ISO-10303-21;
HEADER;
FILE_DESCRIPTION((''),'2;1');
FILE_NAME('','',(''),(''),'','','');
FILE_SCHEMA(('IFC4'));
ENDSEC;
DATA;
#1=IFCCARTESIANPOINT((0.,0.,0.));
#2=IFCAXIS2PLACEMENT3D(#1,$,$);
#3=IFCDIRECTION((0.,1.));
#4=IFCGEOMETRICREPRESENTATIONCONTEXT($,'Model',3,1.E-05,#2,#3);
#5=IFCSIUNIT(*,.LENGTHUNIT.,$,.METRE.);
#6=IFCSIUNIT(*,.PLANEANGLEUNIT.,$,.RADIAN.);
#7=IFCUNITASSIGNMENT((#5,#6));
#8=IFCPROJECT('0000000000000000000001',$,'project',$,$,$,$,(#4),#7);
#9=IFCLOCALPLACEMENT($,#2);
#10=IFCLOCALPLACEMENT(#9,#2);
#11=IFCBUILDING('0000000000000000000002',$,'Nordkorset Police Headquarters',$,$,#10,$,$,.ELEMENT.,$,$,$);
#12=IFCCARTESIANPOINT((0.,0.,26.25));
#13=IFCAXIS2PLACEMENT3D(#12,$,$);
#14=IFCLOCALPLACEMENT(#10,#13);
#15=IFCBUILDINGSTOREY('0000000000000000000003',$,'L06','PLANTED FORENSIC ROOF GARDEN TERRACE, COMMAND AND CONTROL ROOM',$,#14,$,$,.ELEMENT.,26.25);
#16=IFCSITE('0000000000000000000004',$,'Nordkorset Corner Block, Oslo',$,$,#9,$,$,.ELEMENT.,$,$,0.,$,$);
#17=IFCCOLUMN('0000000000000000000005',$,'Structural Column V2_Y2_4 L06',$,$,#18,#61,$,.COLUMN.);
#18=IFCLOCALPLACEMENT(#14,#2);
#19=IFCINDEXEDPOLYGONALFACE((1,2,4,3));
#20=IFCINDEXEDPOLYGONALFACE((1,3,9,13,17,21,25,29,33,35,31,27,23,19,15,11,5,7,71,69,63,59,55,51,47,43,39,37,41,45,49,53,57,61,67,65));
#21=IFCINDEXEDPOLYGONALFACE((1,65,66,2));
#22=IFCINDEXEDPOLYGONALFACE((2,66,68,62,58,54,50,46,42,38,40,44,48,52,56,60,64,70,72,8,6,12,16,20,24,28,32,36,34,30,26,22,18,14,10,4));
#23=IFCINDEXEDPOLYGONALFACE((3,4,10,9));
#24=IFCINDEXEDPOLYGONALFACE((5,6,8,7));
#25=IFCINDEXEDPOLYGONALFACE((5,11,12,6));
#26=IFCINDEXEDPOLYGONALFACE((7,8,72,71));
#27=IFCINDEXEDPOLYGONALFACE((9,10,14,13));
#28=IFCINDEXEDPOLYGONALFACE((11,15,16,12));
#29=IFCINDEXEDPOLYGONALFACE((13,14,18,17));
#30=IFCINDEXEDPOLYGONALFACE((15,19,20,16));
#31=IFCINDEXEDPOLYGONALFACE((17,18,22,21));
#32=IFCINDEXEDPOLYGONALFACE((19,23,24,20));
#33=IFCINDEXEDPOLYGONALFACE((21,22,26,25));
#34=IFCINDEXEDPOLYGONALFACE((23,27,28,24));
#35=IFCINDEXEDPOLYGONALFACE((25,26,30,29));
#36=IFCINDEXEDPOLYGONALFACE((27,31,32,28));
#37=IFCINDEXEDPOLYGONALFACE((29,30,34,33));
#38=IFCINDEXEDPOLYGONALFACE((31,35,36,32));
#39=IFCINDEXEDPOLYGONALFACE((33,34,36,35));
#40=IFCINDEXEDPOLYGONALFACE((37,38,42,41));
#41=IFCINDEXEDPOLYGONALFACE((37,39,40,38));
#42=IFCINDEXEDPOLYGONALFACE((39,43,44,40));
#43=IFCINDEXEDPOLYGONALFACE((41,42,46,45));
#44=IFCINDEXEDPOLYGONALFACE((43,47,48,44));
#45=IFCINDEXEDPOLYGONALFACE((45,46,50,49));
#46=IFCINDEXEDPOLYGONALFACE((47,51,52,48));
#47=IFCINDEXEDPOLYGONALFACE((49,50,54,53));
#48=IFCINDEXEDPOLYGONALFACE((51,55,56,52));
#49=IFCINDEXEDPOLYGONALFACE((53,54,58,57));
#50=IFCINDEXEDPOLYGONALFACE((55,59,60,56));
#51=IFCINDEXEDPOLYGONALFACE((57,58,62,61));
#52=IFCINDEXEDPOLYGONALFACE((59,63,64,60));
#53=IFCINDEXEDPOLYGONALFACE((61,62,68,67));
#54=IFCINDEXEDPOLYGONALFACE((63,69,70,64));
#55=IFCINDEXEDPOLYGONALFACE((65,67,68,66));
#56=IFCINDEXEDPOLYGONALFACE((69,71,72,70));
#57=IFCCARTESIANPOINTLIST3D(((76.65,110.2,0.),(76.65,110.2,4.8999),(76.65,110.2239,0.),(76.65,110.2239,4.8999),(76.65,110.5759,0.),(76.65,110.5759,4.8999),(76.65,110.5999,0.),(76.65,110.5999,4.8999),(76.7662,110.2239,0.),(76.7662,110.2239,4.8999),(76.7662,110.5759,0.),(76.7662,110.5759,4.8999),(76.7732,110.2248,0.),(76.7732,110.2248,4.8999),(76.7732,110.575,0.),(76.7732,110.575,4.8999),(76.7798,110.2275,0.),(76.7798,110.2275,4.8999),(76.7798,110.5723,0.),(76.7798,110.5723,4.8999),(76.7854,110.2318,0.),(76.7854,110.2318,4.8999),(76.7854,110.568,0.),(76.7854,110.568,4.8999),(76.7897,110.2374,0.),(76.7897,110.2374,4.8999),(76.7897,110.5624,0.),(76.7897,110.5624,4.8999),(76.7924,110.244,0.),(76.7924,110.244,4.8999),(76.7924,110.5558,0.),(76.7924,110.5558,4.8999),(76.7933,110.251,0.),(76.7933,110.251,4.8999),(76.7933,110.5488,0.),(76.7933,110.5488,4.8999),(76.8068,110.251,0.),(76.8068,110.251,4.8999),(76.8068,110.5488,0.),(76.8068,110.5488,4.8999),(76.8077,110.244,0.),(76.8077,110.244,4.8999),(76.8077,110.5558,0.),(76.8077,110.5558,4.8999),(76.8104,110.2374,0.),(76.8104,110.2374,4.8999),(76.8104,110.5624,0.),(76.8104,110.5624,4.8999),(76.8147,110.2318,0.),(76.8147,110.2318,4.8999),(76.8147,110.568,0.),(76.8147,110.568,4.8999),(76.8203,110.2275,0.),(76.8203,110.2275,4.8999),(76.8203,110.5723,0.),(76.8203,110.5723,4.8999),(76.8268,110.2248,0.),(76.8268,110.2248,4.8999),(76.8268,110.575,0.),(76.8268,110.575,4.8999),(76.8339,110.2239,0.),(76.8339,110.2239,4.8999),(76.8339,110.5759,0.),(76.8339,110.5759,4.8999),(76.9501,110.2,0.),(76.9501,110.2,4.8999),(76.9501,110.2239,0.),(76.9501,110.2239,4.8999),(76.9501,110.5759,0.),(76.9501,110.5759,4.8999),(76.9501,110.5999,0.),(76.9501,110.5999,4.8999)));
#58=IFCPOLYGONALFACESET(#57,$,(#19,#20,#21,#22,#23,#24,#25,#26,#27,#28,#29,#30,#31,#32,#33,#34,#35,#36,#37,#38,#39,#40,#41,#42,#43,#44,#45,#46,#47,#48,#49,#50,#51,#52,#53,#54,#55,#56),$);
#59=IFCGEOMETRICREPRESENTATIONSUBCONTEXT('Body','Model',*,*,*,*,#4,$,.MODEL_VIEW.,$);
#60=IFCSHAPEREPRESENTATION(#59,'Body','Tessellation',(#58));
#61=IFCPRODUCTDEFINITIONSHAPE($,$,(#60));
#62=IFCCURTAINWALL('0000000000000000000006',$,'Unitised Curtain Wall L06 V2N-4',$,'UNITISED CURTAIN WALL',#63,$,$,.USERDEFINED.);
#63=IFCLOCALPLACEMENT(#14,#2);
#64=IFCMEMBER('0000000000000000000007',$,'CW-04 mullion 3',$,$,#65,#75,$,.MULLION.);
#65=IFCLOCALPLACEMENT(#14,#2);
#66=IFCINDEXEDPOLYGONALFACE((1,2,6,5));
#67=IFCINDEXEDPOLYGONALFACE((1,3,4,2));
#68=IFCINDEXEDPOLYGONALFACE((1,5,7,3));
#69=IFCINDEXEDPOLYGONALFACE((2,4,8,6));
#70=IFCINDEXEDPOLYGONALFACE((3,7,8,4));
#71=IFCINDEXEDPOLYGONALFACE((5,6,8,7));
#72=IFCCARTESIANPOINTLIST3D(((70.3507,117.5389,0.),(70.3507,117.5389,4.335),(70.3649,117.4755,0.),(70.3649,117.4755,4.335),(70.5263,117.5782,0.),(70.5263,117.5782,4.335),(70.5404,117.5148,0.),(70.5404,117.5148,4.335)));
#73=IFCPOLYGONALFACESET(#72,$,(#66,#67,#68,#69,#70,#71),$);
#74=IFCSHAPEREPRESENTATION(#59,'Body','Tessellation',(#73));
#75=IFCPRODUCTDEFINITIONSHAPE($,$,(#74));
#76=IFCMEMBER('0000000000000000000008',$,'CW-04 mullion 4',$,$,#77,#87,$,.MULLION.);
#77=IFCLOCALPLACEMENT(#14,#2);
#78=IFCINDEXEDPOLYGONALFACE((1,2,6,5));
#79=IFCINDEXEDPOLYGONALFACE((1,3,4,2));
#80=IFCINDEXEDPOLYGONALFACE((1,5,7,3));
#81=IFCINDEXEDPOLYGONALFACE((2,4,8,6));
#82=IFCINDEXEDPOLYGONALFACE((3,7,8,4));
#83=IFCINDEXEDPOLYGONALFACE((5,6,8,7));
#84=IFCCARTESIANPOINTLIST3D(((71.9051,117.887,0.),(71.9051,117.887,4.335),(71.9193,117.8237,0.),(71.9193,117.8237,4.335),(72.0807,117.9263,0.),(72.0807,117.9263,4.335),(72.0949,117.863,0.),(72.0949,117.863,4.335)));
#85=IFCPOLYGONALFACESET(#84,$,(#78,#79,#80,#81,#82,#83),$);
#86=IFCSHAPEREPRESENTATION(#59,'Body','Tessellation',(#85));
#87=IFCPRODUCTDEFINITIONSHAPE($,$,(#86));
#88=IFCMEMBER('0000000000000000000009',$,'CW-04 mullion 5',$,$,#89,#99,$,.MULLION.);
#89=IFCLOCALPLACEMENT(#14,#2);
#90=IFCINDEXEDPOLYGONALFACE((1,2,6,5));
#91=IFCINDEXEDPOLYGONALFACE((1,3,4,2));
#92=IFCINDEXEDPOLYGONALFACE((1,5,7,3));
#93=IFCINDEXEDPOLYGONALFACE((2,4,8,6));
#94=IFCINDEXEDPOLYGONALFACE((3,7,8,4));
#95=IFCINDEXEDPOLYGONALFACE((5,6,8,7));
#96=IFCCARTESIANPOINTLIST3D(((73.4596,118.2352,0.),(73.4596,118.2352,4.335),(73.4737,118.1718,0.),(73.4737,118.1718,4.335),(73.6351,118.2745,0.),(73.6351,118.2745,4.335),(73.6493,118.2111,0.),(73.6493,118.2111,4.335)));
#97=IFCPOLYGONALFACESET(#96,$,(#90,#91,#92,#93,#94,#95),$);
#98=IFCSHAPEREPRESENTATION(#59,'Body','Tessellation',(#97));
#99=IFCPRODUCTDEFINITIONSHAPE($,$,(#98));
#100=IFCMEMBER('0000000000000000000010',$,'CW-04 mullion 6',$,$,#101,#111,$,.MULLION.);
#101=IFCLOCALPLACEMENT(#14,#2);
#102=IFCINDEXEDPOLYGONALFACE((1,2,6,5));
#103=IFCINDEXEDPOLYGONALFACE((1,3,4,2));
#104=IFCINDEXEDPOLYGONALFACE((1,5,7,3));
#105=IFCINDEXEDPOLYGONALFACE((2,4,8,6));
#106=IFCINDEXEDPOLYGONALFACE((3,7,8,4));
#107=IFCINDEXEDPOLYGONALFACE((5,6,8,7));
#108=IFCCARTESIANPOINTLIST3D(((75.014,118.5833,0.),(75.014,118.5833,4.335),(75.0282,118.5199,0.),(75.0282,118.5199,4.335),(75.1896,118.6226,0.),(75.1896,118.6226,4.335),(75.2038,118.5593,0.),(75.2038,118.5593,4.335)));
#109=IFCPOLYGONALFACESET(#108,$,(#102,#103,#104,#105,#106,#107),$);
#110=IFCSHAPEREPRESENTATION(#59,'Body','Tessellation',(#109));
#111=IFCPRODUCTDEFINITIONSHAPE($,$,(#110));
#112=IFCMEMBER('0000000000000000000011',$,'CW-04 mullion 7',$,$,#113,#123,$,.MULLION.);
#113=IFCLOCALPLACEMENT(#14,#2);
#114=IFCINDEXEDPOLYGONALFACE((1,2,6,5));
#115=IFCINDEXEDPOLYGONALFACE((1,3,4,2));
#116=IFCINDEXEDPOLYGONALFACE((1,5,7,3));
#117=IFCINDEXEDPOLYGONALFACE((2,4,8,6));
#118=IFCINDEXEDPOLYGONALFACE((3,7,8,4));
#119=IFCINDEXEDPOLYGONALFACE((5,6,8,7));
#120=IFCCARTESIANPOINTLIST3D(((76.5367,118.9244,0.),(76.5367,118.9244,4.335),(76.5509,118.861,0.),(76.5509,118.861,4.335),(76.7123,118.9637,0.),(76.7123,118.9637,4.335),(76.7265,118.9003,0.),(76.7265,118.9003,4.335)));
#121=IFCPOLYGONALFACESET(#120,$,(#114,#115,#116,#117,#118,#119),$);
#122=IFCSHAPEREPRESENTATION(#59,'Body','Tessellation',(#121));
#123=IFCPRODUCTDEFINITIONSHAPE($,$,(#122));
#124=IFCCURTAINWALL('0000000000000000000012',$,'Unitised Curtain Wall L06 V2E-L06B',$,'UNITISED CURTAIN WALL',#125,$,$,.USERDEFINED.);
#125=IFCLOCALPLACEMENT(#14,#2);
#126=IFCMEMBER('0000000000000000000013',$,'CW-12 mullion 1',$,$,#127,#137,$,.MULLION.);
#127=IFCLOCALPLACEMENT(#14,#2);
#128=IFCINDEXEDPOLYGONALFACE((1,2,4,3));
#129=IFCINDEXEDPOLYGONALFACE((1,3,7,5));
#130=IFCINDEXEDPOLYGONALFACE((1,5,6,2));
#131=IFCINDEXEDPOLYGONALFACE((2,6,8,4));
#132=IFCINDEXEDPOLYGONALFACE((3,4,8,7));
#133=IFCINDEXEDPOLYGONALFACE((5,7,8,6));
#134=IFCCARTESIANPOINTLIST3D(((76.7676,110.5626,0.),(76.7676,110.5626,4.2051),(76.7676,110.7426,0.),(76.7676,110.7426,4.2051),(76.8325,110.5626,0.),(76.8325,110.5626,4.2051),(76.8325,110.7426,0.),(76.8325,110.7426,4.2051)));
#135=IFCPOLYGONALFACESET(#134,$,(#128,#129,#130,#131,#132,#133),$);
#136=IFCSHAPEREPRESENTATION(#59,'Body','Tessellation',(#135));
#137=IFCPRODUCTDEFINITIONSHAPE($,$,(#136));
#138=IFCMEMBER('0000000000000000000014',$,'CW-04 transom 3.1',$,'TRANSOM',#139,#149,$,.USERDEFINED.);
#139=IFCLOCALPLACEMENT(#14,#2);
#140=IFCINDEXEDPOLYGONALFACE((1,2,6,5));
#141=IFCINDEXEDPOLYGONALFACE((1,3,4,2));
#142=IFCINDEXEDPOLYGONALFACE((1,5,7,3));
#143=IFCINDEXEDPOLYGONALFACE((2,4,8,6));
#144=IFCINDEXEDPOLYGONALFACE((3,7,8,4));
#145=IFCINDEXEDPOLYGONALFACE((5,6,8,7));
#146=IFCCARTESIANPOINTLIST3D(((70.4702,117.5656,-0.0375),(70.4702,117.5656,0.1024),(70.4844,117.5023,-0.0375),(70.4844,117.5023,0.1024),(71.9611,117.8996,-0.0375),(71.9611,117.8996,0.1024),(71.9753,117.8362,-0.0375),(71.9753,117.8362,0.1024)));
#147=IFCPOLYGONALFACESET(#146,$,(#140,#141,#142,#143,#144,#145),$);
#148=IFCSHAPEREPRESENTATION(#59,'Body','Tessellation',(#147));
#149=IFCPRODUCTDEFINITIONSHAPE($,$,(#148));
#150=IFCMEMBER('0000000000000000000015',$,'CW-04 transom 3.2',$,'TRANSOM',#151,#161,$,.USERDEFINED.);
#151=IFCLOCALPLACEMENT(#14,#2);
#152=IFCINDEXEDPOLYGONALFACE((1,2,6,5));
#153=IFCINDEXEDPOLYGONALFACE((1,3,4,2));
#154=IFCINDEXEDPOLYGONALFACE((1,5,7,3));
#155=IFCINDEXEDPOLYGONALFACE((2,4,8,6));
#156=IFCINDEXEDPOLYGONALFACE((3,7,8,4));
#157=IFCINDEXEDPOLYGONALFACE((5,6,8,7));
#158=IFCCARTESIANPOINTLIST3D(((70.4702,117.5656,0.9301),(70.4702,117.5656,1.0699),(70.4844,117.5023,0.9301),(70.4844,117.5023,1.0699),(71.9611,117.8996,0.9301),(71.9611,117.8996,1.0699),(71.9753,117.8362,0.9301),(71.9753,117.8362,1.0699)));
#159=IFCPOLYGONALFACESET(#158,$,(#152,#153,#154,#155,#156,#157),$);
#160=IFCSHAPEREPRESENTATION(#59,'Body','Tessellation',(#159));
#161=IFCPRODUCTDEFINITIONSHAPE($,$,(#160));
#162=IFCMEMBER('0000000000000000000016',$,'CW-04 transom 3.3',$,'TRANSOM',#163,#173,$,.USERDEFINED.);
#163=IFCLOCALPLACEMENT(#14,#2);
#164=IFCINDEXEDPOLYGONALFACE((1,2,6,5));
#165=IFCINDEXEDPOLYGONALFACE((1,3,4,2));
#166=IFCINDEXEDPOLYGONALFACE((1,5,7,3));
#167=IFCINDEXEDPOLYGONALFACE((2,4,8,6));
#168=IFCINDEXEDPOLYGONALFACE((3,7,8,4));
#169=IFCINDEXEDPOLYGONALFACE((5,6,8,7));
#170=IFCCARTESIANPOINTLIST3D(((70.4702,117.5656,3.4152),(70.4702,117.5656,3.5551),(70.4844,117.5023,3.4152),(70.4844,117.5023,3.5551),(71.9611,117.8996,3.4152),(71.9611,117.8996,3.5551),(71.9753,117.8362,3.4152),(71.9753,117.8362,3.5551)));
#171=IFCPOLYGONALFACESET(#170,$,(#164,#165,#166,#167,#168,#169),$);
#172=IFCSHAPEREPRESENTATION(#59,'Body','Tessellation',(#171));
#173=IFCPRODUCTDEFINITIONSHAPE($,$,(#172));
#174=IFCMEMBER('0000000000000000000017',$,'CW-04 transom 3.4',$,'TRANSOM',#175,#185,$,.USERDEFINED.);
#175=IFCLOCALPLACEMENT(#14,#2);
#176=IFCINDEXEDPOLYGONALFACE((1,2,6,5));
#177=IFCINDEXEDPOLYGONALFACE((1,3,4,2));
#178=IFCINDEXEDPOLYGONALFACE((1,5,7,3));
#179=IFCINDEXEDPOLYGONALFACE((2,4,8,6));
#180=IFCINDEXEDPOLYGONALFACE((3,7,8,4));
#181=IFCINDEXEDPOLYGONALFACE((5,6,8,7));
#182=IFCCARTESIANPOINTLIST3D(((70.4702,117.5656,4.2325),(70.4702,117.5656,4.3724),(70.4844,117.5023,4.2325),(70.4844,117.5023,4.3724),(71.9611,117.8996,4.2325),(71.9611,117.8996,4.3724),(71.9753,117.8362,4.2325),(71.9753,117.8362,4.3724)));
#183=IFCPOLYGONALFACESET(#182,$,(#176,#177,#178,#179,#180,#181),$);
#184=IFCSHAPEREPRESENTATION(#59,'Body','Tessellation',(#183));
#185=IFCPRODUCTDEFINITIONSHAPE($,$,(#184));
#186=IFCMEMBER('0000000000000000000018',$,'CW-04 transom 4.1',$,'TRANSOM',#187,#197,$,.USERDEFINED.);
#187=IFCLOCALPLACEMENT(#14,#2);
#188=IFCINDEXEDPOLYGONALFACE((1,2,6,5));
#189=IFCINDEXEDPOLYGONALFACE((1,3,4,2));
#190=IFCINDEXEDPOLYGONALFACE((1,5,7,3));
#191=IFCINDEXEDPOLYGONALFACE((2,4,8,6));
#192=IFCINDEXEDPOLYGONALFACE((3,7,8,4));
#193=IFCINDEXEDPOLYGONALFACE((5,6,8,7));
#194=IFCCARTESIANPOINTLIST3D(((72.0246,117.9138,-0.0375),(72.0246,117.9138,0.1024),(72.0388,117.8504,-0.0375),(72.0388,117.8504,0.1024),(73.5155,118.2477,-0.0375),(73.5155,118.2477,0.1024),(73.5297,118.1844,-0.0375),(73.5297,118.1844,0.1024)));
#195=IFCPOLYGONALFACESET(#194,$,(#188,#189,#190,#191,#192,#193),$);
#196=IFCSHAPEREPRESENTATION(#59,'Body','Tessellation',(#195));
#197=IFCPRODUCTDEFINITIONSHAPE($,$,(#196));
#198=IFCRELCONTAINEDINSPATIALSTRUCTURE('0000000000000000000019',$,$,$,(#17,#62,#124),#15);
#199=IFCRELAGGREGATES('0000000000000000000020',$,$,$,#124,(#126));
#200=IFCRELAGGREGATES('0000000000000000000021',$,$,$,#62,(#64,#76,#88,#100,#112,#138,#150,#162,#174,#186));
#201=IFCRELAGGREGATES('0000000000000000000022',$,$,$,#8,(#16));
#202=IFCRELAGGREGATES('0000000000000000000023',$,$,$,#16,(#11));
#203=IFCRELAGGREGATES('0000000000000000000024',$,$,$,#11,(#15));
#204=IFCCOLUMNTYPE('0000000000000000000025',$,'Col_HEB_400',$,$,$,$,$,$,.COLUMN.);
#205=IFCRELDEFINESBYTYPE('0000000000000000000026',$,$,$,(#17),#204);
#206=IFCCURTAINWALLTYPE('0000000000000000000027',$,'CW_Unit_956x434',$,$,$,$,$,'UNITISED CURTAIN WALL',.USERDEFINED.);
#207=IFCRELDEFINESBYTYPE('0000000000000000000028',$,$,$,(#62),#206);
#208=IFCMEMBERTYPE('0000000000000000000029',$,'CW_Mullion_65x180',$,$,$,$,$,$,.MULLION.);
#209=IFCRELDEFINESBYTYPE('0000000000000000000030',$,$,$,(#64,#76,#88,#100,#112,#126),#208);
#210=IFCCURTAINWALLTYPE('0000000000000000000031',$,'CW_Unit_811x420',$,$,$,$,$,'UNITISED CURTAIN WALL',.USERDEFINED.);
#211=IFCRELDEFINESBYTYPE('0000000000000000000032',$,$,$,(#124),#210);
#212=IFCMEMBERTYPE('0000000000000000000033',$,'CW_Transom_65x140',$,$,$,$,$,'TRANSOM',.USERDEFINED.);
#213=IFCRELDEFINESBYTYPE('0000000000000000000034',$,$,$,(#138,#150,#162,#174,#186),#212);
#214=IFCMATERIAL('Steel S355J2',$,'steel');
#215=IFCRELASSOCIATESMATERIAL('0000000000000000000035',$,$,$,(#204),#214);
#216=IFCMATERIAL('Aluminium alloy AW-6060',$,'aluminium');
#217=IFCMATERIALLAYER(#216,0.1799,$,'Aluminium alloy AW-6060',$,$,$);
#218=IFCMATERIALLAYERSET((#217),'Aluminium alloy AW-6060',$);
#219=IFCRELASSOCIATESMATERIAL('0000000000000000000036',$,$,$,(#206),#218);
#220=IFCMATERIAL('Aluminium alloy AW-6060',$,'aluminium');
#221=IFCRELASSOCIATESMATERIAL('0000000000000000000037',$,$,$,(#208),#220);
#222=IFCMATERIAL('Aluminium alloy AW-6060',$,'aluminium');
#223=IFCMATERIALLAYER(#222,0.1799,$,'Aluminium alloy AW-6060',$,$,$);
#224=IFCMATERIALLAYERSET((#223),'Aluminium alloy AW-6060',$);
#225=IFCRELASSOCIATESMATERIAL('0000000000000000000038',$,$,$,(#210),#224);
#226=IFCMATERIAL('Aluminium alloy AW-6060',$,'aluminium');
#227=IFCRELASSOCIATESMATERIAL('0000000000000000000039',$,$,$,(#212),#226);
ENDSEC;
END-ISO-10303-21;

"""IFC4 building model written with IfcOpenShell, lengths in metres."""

from ifc_helpers import new_model, si_unit, direction, frame, origin, origin_2d, place, context, subcontext, project, spatial, rectangle, i_section, extrude, material, layer, layer_set, material_profile, profile_set, type_object, element, aggregate, save


model = new_model("IFC4")

# Units and contexts
model_context = context("Model", 3, precision=1e-05, world=origin(), true_north=direction((0.0, 1.0)))
body_context = subcontext(model_context, "Body", "Model", "MODEL_VIEW")
ifc_project = project(units=[si_unit("LENGTHUNIT", "METRE"), si_unit("PLANEANGLEUNIT", "RADIAN")], contexts=[model_context])

# Site, building, storey
site_placement = place(None, origin())
site = spatial("IfcSite", under=ifc_project, at=site_placement, Name="Nordkorset Corner Block, Oslo", CompositionType="ELEMENT", RefElevation=0.0)
building_placement = place(site_placement, origin())
building = spatial("IfcBuilding", under=site, at=building_placement, Name="Nordkorset Police Headquarters", CompositionType="ELEMENT")
storey_placement = place(building_placement, frame((0.0, 0.0, 26.25)))
storey = spatial("IfcBuildingStorey", under=building, at=storey_placement, Name="L06", Description="PLANTED FORENSIC ROOF GARDEN TERRACE, COMMAND AND CONTROL ROOM", CompositionType="ELEMENT", Elevation=26.25)

# Column
ifc_material_1 = material(Name="Steel S355J2", Category="steel")
ifc_material_profile_1 = material_profile(ifc_material_1, i_section(OverallWidth=0.3, OverallDepth=0.3999, WebThickness=0.0134, FlangeThickness=0.0239, FilletRadius=0.0271, at=origin_2d()), Name="HEB 400")
ifc_profile_set_1 = profile_set([ifc_material_profile_1], Name="Steel S355J2")
column_type = type_object("IfcColumnType", Name="Col_HEB_400", PredefinedType="COLUMN", material=ifc_profile_set_1)
column_placement = place(storey_placement, frame((76.8, 110.3999, 0.0), z_axis=(0.0, 0.0, 1.0), x_axis=(1.0, 0.0, 0.0)))
element("IfcColumn", 1, at=column_placement, inside=storey, type_object=column_type, Name="Structural Column V2_Y2_4 L06", PredefinedType="COLUMN", context=body_context, shape_type="SweptSolid", body=[
    extrude(i_section(OverallWidth=0.3, OverallDepth=0.3999, WebThickness=0.0134, FlangeThickness=0.0239, FilletRadius=0.0271, at=origin_2d()), origin(), (0.0, 0.0, 1.0), 4.8999),
])

# Curtain wall, members
ifc_material_2 = material(Name="Aluminium alloy AW-6060", Category="aluminium")
ifc_layer_1 = layer(ifc_material_2, 0.1799, Name="Aluminium alloy AW-6060")
ifc_layer_set_1 = layer_set([ifc_layer_1], Name="Aluminium alloy AW-6060")
curtain_wall_type_1 = type_object("IfcCurtainWallType", Name="CW_Unit_956x434", ElementType="UNITISED CURTAIN WALL", PredefinedType="USERDEFINED", material=ifc_layer_set_1)
curtain_wall_1_placement = place(storey_placement, origin())
curtain_wall_1 = element("IfcCurtainWall", 2, at=curtain_wall_1_placement, inside=storey, type_object=curtain_wall_type_1, Name="Unitised Curtain Wall L06 V2N-4", ObjectType="UNITISED CURTAIN WALL", PredefinedType="USERDEFINED")
ifc_material_3 = material(Name="Aluminium alloy AW-6060", Category="aluminium")
ifc_material_profile_2 = material_profile(ifc_material_3, rectangle(XDim=0.0649, YDim=0.1799, at=origin_2d()), Name="ALU MULL 65x180")
ifc_profile_set_2 = profile_set([ifc_material_profile_2], Name="Aluminium alloy AW-6060")
member_type_1 = type_object("IfcMemberType", Name="CW_Mullion_65x180", PredefinedType="MULLION", material=ifc_profile_set_2)
member_1_placement = place(storey_placement, frame((70.4456, 117.5269, 0.0), z_axis=(0.0, 0.0, 1.0), x_axis=(-0.218544, 0.975827, 0.0)))
member_1 = element("IfcMember", 3, at=member_1_placement, type_object=member_type_1, Name="CW-04 mullion 3", PredefinedType="MULLION", context=body_context, shape_type="SweptSolid", body=[
    extrude(rectangle(XDim=0.0649, YDim=0.1799, at=origin_2d()), origin(), (0.0, 0.0, 1.0), 4.335),
])
member_2_placement = place(storey_placement, frame((72.0, 117.875, 0.0), z_axis=(0.0, 0.0, 1.0), x_axis=(-0.218544, 0.975827, 0.0)))
member_2 = element("IfcMember", 4, at=member_2_placement, type_object=member_type_1, Name="CW-04 mullion 4", PredefinedType="MULLION", context=body_context, shape_type="SweptSolid", body=[
    extrude(rectangle(XDim=0.0649, YDim=0.1799, at=origin_2d()), origin(), (0.0, 0.0, 1.0), 4.335),
])
member_3_placement = place(storey_placement, frame((73.5544, 118.2231, 0.0), z_axis=(0.0, 0.0, 1.0), x_axis=(-0.218544, 0.975827, 0.0)))
member_3 = element("IfcMember", 5, at=member_3_placement, type_object=member_type_1, Name="CW-04 mullion 5", PredefinedType="MULLION", context=body_context, shape_type="SweptSolid", body=[
    extrude(rectangle(XDim=0.0649, YDim=0.1799, at=origin_2d()), origin(), (0.0, 0.0, 1.0), 4.335),
])
member_4_placement = place(storey_placement, frame((75.1089, 118.5713, 0.0), z_axis=(0.0, 0.0, 1.0), x_axis=(-0.218544, 0.975827, 0.0)))
member_4 = element("IfcMember", 6, at=member_4_placement, type_object=member_type_1, Name="CW-04 mullion 6", PredefinedType="MULLION", context=body_context, shape_type="SweptSolid", body=[
    extrude(rectangle(XDim=0.0649, YDim=0.1799, at=origin_2d()), origin(), (0.0, 0.0, 1.0), 4.335),
])
member_5_placement = place(storey_placement, frame((76.6316, 118.9124, 0.0), z_axis=(0.0, 0.0, 1.0), x_axis=(-0.218544, 0.975827, 0.0)))
member_5 = element("IfcMember", 7, at=member_5_placement, type_object=member_type_1, Name="CW-04 mullion 7", PredefinedType="MULLION", context=body_context, shape_type="SweptSolid", body=[
    extrude(rectangle(XDim=0.0649, YDim=0.1799, at=origin_2d()), origin(), (0.0, 0.0, 1.0), 4.335),
])

# Curtain wall, member
ifc_material_4 = material(Name="Aluminium alloy AW-6060", Category="aluminium")
ifc_layer_2 = layer(ifc_material_4, 0.1799, Name="Aluminium alloy AW-6060")
ifc_layer_set_2 = layer_set([ifc_layer_2], Name="Aluminium alloy AW-6060")
curtain_wall_type_2 = type_object("IfcCurtainWallType", Name="CW_Unit_811x420", ElementType="UNITISED CURTAIN WALL", PredefinedType="USERDEFINED", material=ifc_layer_set_2)
curtain_wall_2_placement = place(storey_placement, origin())
curtain_wall_2 = element("IfcCurtainWall", 8, at=curtain_wall_2_placement, inside=storey, type_object=curtain_wall_type_2, Name="Unitised Curtain Wall L06 V2E-L06B", ObjectType="UNITISED CURTAIN WALL", PredefinedType="USERDEFINED")
member_6_placement = place(storey_placement, frame((76.8, 110.6526, 0.0), z_axis=(0.0, 0.0, 1.0), x_axis=(-1.0, 0.0, 0.0)))
member_6 = element("IfcMember", 9, at=member_6_placement, type_object=member_type_1, Name="CW-12 mullion 1", PredefinedType="MULLION", context=body_context, shape_type="SweptSolid", body=[
    extrude(rectangle(XDim=0.0649, YDim=0.1799, at=origin_2d()), origin(), (0.0, 0.0, 1.0), 4.2051),
])

# Members
ifc_material_5 = material(Name="Aluminium alloy AW-6060", Category="aluminium")
ifc_material_profile_3 = material_profile(ifc_material_5, rectangle(XDim=0.0649, YDim=0.1399, at=origin_2d()), Name="ALU TRAN 65x140")
ifc_profile_set_3 = profile_set([ifc_material_profile_3], Name="Aluminium alloy AW-6060")
member_type_2 = type_object("IfcMemberType", Name="CW_Transom_65x140", ElementType="TRANSOM", PredefinedType="USERDEFINED", material=ifc_profile_set_3)
member_7_placement = place(storey_placement, frame((70.4773, 117.5339, 0.0325), z_axis=(0.975817, 0.218588, 0.0), x_axis=(-0.218588, 0.975817, 0.0)))
member_7 = element("IfcMember", 10, at=member_7_placement, type_object=member_type_2, Name="CW-04 transom 3.1", ObjectType="TRANSOM", PredefinedType="USERDEFINED", context=body_context, shape_type="SweptSolid", body=[
    extrude(rectangle(XDim=0.0649, YDim=0.1399, at=origin_2d()), origin(), (0.0, 0.0, 1.0), 1.5278),
])
member_8_placement = place(storey_placement, frame((70.4773, 117.5339, 1.0), z_axis=(0.975817, 0.218588, 0.0), x_axis=(-0.218588, 0.975817, 0.0)))
member_8 = element("IfcMember", 11, at=member_8_placement, type_object=member_type_2, Name="CW-04 transom 3.2", ObjectType="TRANSOM", PredefinedType="USERDEFINED", context=body_context, shape_type="SweptSolid", body=[
    extrude(rectangle(XDim=0.0649, YDim=0.1399, at=origin_2d()), origin(), (0.0, 0.0, 1.0), 1.5278),
])
member_9_placement = place(storey_placement, frame((70.4773, 117.5339, 3.4851), z_axis=(0.975817, 0.218588, 0.0), x_axis=(-0.218588, 0.975817, 0.0)))
member_9 = element("IfcMember", 12, at=member_9_placement, type_object=member_type_2, Name="CW-04 transom 3.3", ObjectType="TRANSOM", PredefinedType="USERDEFINED", context=body_context, shape_type="SweptSolid", body=[
    extrude(rectangle(XDim=0.0649, YDim=0.1399, at=origin_2d()), origin(), (0.0, 0.0, 1.0), 1.5278),
])
member_10_placement = place(storey_placement, frame((70.4773, 117.5339, 4.3025), z_axis=(0.975817, 0.218588, 0.0), x_axis=(-0.218588, 0.975817, 0.0)))
member_10 = element("IfcMember", 13, at=member_10_placement, type_object=member_type_2, Name="CW-04 transom 3.4", ObjectType="TRANSOM", PredefinedType="USERDEFINED", context=body_context, shape_type="SweptSolid", body=[
    extrude(rectangle(XDim=0.0649, YDim=0.1399, at=origin_2d()), origin(), (0.0, 0.0, 1.0), 1.5278),
])
member_11_placement = place(storey_placement, frame((72.0317, 117.8821, 0.0325), z_axis=(0.975817, 0.218588, 0.0), x_axis=(-0.218588, 0.975817, 0.0)))
member_11 = element("IfcMember", 14, at=member_11_placement, type_object=member_type_2, Name="CW-04 transom 4.1", ObjectType="TRANSOM", PredefinedType="USERDEFINED", context=body_context, shape_type="SweptSolid", body=[
    extrude(rectangle(XDim=0.0649, YDim=0.1399, at=origin_2d()), origin(), (0.0, 0.0, 1.0), 1.5278),
])
aggregate(curtain_wall_2, [member_6])

aggregate(curtain_wall_1, [member_1, member_2, member_3, member_4, member_5, member_7, member_8, member_9, member_10, member_11])

save(model, "model.ifc")
